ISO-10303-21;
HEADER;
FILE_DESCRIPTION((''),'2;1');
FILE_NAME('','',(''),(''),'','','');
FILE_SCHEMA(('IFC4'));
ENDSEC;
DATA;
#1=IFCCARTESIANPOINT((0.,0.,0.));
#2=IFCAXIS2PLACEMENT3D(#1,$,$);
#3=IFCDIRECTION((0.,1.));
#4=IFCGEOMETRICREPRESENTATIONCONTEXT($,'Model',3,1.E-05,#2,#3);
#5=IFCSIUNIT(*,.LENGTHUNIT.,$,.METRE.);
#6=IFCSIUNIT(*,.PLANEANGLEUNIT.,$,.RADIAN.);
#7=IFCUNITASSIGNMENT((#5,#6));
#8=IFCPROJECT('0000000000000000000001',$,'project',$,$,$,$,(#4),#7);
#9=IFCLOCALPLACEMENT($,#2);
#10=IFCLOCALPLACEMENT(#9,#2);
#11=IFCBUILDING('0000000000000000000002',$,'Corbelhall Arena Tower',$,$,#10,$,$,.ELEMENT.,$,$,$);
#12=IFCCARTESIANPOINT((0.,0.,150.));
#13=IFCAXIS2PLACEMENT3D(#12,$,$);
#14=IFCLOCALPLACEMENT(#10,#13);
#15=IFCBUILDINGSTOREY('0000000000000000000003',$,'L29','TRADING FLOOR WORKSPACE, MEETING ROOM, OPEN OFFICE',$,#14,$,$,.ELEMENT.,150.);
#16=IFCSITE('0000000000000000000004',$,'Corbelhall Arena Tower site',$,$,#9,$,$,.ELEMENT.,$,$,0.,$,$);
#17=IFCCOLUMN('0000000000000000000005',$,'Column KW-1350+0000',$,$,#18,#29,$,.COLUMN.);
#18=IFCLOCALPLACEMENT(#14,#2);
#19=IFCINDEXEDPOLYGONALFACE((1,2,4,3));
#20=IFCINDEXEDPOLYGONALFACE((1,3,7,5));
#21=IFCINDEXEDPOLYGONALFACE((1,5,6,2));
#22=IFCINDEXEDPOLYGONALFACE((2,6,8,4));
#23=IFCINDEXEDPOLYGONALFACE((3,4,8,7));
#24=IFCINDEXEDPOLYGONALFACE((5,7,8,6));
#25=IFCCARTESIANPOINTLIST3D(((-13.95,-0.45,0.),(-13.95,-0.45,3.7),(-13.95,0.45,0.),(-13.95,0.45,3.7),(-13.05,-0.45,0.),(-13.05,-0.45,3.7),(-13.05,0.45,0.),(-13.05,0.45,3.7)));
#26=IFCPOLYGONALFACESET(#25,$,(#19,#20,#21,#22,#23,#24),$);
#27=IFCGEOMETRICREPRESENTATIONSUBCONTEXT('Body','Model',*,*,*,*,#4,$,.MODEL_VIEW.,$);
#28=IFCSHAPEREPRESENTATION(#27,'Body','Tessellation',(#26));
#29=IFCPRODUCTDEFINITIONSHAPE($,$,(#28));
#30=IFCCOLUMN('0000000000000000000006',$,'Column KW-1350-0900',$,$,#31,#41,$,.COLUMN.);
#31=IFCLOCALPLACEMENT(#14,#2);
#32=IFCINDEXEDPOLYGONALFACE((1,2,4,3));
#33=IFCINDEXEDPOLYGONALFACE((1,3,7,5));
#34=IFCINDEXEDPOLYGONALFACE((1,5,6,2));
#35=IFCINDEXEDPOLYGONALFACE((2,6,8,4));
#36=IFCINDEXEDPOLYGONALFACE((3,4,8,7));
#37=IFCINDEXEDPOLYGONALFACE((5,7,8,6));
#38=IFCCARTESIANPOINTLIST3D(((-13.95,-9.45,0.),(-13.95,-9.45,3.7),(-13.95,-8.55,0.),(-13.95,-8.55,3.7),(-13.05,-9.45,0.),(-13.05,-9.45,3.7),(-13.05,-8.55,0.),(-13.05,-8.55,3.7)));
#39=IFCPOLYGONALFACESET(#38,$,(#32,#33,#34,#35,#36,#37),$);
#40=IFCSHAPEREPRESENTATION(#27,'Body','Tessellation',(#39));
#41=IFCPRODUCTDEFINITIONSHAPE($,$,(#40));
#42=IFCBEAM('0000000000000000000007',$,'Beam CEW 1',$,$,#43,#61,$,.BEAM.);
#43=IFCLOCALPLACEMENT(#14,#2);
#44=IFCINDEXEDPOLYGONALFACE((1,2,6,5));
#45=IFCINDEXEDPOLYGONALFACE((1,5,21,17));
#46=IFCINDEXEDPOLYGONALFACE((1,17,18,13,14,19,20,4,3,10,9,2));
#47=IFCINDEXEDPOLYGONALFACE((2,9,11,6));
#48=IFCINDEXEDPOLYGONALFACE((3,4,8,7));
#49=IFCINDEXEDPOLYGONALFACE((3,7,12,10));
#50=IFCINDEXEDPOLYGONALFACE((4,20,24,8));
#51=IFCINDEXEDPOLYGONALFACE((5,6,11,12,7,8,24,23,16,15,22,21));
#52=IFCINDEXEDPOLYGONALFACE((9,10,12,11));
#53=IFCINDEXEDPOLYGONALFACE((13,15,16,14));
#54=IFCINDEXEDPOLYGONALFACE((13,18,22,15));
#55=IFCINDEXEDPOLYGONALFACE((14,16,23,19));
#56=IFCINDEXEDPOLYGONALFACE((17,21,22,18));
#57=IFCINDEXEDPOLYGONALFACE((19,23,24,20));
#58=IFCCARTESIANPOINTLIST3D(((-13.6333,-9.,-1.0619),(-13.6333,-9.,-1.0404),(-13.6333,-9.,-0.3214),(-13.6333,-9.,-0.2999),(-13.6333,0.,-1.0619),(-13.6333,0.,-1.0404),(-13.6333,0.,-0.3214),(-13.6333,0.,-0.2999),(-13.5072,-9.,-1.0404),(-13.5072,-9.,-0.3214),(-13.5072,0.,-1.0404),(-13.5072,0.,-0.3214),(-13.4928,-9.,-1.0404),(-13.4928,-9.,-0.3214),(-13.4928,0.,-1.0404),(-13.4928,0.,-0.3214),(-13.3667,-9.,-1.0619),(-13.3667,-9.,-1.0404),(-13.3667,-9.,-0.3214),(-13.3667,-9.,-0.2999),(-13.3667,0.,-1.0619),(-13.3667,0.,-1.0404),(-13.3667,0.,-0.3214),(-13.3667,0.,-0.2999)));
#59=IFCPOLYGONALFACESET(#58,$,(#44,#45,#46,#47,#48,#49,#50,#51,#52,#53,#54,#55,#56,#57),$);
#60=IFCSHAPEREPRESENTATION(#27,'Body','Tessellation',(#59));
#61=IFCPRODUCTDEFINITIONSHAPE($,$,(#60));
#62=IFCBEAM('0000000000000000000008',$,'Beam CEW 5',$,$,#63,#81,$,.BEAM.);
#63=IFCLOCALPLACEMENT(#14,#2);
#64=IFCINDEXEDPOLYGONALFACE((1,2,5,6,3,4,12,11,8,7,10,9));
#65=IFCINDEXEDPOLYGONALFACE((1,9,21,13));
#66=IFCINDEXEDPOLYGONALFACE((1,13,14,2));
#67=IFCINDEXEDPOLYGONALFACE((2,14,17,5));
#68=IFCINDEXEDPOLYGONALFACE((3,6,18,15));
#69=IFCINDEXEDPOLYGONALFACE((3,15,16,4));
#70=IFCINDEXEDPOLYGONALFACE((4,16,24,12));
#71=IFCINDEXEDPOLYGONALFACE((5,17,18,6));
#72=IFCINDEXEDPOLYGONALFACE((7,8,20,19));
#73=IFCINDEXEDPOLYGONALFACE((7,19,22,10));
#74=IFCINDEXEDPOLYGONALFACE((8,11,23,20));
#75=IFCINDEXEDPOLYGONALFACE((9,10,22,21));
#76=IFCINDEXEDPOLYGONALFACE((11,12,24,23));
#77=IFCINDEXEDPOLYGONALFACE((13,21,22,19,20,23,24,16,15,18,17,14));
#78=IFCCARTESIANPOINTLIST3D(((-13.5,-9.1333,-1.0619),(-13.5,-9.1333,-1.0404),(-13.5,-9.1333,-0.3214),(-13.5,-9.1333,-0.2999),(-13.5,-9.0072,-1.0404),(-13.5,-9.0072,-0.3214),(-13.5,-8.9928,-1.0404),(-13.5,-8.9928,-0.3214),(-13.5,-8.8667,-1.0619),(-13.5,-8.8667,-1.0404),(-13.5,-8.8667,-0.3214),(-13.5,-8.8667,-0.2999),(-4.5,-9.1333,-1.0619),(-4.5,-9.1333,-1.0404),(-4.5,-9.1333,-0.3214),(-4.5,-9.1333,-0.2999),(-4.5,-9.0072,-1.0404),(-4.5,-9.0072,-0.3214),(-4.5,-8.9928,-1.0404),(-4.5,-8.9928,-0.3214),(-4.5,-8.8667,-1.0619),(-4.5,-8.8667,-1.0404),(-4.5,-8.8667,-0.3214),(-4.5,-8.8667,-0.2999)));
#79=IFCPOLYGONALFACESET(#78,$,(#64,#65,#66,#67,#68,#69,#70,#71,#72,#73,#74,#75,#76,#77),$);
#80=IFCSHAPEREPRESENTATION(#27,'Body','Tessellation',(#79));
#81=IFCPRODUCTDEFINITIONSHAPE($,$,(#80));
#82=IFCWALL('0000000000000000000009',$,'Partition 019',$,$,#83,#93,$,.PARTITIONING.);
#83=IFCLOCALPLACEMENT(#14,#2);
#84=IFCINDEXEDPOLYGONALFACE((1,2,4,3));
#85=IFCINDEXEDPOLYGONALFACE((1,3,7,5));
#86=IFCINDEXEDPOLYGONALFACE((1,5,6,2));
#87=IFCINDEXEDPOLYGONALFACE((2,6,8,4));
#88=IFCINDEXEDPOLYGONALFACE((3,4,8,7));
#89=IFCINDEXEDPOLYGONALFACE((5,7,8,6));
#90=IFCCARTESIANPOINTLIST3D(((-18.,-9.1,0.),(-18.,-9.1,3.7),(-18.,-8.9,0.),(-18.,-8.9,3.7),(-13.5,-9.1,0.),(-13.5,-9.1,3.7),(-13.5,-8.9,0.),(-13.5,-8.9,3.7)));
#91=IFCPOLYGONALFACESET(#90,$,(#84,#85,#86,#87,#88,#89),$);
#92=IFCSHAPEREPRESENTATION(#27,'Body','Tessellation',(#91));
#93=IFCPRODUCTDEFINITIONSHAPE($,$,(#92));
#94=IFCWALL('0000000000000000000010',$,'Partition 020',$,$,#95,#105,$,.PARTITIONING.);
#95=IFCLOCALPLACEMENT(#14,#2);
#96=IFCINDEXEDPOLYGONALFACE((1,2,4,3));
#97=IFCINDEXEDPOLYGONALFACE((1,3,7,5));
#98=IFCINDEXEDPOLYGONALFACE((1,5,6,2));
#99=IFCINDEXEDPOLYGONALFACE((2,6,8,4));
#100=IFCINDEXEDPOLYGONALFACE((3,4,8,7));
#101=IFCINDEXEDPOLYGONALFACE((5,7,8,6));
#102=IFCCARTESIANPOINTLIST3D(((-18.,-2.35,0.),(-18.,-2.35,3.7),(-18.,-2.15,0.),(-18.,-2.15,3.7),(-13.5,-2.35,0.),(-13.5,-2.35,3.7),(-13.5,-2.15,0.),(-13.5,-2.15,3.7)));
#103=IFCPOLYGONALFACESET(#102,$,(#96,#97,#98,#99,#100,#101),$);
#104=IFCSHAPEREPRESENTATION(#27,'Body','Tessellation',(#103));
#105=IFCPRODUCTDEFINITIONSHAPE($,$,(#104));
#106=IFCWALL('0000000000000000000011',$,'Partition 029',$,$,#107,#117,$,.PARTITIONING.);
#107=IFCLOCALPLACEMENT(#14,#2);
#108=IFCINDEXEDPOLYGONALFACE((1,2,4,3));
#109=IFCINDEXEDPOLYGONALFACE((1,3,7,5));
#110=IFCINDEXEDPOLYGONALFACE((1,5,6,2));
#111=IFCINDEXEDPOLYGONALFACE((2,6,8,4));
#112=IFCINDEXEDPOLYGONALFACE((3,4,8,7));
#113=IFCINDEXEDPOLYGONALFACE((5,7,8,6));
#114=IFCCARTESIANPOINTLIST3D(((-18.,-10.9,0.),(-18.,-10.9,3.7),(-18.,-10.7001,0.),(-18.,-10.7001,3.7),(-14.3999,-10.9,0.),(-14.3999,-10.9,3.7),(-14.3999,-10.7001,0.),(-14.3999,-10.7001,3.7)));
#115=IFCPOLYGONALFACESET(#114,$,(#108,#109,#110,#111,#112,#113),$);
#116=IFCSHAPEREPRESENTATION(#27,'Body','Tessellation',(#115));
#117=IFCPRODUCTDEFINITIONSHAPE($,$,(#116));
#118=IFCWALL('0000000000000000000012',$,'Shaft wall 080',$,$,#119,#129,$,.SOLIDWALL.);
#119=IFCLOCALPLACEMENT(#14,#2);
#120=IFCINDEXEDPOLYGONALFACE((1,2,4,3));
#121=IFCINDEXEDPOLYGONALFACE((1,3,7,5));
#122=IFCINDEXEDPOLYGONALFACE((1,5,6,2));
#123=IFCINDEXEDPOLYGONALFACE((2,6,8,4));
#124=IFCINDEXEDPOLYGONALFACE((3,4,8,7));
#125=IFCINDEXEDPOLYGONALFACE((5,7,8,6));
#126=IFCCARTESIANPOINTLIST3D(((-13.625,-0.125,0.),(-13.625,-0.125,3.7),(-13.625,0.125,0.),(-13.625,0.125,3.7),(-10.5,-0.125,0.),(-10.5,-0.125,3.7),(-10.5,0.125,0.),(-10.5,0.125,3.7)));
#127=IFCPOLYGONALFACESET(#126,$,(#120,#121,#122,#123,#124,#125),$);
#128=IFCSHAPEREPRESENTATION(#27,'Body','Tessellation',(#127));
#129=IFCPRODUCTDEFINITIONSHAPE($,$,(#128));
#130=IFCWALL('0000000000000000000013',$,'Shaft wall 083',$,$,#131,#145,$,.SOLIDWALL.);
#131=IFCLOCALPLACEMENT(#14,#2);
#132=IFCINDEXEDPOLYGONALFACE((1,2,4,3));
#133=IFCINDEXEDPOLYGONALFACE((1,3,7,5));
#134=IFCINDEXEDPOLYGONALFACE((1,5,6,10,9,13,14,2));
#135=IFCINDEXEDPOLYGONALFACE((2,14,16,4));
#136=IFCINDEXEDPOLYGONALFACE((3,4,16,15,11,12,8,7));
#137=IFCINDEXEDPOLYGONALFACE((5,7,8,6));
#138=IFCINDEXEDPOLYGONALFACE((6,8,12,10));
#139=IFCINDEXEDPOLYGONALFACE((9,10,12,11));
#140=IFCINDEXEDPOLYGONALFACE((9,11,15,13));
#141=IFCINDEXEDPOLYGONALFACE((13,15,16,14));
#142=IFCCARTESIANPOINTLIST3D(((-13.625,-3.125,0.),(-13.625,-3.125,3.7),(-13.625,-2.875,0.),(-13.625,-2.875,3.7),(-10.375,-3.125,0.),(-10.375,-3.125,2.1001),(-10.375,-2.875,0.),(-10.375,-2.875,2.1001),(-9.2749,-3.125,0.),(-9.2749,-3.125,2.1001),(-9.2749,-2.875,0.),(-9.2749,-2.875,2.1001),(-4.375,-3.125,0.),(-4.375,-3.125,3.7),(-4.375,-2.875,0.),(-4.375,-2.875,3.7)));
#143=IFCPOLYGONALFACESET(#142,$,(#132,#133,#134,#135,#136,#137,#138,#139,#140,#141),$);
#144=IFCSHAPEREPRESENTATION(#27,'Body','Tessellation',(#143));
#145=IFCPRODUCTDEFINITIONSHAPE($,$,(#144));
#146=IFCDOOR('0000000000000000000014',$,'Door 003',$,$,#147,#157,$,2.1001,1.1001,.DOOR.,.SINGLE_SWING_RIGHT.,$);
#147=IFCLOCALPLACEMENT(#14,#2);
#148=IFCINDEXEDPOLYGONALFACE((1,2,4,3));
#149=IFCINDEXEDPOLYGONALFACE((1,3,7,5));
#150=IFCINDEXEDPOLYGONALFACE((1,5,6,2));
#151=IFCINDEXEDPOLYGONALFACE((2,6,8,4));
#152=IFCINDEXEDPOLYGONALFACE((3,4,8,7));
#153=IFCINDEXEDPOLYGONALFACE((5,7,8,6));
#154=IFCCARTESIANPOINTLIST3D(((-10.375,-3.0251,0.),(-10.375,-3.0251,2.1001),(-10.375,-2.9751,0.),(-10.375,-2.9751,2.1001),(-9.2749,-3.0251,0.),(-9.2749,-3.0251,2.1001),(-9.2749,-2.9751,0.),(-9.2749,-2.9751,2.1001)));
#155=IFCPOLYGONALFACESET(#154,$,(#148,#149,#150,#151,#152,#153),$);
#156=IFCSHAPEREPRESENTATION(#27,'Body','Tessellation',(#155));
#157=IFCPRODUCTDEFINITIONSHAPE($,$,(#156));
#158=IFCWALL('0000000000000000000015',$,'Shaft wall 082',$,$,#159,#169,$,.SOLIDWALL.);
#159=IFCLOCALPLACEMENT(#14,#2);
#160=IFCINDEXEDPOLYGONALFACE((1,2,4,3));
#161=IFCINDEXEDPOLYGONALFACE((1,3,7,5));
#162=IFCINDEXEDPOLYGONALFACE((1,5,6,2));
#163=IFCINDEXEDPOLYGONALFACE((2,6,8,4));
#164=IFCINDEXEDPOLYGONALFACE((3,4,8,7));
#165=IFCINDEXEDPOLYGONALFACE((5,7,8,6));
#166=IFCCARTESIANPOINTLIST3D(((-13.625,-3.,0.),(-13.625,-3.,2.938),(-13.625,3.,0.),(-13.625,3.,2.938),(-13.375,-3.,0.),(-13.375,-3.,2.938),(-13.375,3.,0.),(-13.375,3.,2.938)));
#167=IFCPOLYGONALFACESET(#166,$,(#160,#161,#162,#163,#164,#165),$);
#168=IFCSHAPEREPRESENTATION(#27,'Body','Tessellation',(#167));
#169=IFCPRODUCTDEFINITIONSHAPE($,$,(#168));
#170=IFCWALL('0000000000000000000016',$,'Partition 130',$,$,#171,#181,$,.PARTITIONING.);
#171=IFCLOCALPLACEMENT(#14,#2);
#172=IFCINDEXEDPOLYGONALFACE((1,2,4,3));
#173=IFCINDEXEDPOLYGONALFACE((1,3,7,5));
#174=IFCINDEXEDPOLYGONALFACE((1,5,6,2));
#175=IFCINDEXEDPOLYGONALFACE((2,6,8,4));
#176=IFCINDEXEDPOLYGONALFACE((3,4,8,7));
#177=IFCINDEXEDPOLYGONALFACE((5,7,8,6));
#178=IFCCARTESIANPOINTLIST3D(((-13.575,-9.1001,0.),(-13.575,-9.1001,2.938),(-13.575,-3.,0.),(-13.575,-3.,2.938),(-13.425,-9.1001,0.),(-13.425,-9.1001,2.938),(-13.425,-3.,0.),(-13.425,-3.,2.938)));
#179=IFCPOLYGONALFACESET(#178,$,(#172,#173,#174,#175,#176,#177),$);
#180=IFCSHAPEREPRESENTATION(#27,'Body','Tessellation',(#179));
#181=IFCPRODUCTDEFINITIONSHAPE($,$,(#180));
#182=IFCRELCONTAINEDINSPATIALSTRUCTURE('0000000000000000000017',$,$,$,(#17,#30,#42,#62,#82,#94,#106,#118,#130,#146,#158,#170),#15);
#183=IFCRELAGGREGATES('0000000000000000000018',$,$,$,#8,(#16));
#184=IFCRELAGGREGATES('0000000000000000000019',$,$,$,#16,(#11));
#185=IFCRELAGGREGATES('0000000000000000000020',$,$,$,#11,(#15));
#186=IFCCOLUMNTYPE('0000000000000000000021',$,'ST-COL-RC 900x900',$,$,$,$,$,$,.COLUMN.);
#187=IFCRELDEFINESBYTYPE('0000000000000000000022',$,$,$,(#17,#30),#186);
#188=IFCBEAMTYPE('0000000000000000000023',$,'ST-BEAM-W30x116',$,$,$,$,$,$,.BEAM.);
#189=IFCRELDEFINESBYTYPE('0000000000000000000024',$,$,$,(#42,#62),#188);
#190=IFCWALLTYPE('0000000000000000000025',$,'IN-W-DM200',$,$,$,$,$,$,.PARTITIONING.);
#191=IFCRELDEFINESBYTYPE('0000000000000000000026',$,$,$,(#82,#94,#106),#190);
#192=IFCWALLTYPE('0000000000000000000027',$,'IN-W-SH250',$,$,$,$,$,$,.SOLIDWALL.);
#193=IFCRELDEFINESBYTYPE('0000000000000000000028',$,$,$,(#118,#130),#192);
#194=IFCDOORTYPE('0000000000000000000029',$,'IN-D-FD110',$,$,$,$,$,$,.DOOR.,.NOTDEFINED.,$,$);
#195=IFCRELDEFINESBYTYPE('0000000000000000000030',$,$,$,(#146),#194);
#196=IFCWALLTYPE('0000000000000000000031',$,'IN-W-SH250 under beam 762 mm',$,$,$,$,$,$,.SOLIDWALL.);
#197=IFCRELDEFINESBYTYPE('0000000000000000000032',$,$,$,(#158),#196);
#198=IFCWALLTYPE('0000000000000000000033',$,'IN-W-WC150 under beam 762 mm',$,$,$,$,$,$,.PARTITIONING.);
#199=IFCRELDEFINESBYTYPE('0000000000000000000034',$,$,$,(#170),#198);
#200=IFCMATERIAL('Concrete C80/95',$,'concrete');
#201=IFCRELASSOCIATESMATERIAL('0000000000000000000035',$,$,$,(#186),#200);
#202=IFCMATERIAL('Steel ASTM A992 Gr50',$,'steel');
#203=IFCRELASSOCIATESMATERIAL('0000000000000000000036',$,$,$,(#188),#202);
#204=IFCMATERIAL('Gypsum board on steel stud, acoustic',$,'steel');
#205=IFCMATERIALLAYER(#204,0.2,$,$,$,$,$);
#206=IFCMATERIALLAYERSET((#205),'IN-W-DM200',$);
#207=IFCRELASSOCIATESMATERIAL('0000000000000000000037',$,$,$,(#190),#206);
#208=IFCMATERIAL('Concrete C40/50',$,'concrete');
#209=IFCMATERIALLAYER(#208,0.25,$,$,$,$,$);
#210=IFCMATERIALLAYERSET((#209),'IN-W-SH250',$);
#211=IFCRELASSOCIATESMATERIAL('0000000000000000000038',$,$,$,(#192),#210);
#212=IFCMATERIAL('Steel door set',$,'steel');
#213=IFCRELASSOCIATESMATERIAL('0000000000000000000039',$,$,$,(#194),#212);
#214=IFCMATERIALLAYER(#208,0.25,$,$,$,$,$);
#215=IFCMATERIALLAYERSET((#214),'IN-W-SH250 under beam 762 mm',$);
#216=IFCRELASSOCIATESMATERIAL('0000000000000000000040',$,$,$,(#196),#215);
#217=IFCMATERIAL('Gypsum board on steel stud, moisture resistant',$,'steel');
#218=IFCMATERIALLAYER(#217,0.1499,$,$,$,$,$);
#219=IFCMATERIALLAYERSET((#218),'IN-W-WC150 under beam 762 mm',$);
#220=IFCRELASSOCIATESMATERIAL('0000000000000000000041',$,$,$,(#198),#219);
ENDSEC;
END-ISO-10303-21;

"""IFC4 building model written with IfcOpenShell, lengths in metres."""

from ifc_helpers import new_model, si_unit, direction, frame, frame_2d, origin, origin_2d, place, context, subcontext, project, spatial, rectangle, i_section, extrude, material, layer, layer_set, material_profile, profile_set, type_object, element, fill, save


model = new_model("IFC4")

# Units and contexts
model_context = context("Model", 3, precision=1e-05, world=origin(), true_north=direction((0.0, 1.0)))
body_context = subcontext(model_context, "Body", "Model", "MODEL_VIEW")
ifc_project = project(units=[si_unit("LENGTHUNIT", "METRE"), si_unit("PLANEANGLEUNIT", "RADIAN")], contexts=[model_context])

# Site, building, storey
site_placement = place(None, origin())
site = spatial("IfcSite", under=ifc_project, at=site_placement, Name="Corbelhall Arena Tower site", CompositionType="ELEMENT", RefElevation=0.0)
building_placement = place(site_placement, origin())
building = spatial("IfcBuilding", under=site, at=building_placement, Name="Corbelhall Arena Tower", CompositionType="ELEMENT")
storey_placement = place(building_placement, frame((0.0, 0.0, 150.0)))
storey = spatial("IfcBuildingStorey", under=building, at=storey_placement, Name="L29", Description="TRADING FLOOR WORKSPACE, MEETING ROOM, OPEN OFFICE", CompositionType="ELEMENT", Elevation=150.0)

# Columns
ifc_material_1 = material(Name="Concrete C80/95", Category="concrete")
ifc_material_profile_1 = material_profile(ifc_material_1, rectangle(XDim=0.8999, YDim=0.8999, at=origin_2d()))
ifc_profile_set_1 = profile_set([ifc_material_profile_1], Name="Concrete C80/95")
column_type = type_object("IfcColumnType", Name="ST-COL-RC 900x900", PredefinedType="COLUMN", material=ifc_profile_set_1)
for number, where, z_axis, x_axis, name in (
    (1, (-13.5, 0.0, 0.0), (0.0, 0.0, 1.0), (1.0, 0.0, 0.0), "Column KW-1350+0000"),
    (2, (-13.5, -9.0, 0.0), (0.0, 0.0, 1.0), (1.0, 0.0, 0.0), "Column KW-1350-0900"),
):
    element("IfcColumn", number, at=place(storey_placement, frame(where, z_axis=z_axis, x_axis=x_axis)), inside=storey, type_object=column_type, Name=name, PredefinedType="COLUMN", context=body_context, shape_type="SweptSolid", body=[
        extrude(rectangle(XDim=0.8999, YDim=0.8999, at=origin_2d()), origin(), (0.0, 0.0, 1.0), 3.7),
    ])

# Beams
ifc_material_2 = material(Name="Steel ASTM A992 Gr50", Category="steel")
ifc_material_profile_2 = material_profile(ifc_material_2, i_section(OverallWidth=0.2666, OverallDepth=0.762, WebThickness=0.0144, FlangeThickness=0.0215, at=origin_2d()))
ifc_profile_set_2 = profile_set([ifc_material_profile_2], Name="Steel ASTM A992 Gr50")
beam_type = type_object("IfcBeamType", Name="ST-BEAM-W30x116", PredefinedType="BEAM", material=ifc_profile_set_2)
for number, where, z_axis, x_axis, name in (
    (3, (-13.5, -9.0, -0.6809), (0.0, 1.0, 0.0), (-1.0, 0.0, 0.0), "Beam CEW 1"),
    (4, (-13.5, -9.0, -0.6809), (1.0, 0.0, 0.0), (0.0, 1.0, 0.0), "Beam CEW 5"),
):
    element("IfcBeam", number, at=place(storey_placement, frame(where, z_axis=z_axis, x_axis=x_axis)), inside=storey, type_object=beam_type, Name=name, PredefinedType="BEAM", context=body_context, shape_type="SweptSolid", body=[
        extrude(i_section(OverallWidth=0.2666, OverallDepth=0.762, WebThickness=0.0144, FlangeThickness=0.0215, at=origin_2d()), origin(), (0.0, 0.0, 1.0), 9.0),
    ])

# Shared definitions
ifc_material_3 = material(Name="Gypsum board on steel stud, acoustic", Category="steel")
ifc_layer_1 = layer(ifc_material_3, 0.2)
ifc_layer_set_1 = layer_set([ifc_layer_1], Name="IN-W-DM200")
wall_type_1 = type_object("IfcWallType", Name="IN-W-DM200", PredefinedType="PARTITIONING", material=ifc_layer_set_1)
ifc_material_4 = material(Name="Steel door set", Category="steel")

# Walls
for number, where, z_axis, x_axis, name in (
    (5, (-18.0, -9.0, 0.0), (0.0, 0.0, 1.0), (1.0, 0.0, 0.0), "Partition 019"),
    (6, (-18.0, -2.25, 0.0), (0.0, 0.0, 1.0), (1.0, 0.0, 0.0), "Partition 020"),
):
    element("IfcWall", number, at=place(storey_placement, frame(where, z_axis=z_axis, x_axis=x_axis)), inside=storey, type_object=wall_type_1, Name=name, PredefinedType="PARTITIONING", context=body_context, shape_type="SweptSolid", body=[
        extrude(rectangle(XDim=4.5, YDim=0.2, at=frame_2d((2.25, 0.0))), origin(), (0.0, 0.0, 1.0), 3.7),
    ])
wall_1_placement = place(storey_placement, frame((-14.3999, -10.8, 0.0), z_axis=(0.0, 0.0, 1.0), x_axis=(-1.0, 0.0, 0.0)))
element("IfcWall", 7, at=wall_1_placement, inside=storey, type_object=wall_type_1, Name="Partition 029", PredefinedType="PARTITIONING", context=body_context, shape_type="SweptSolid", body=[
    extrude(rectangle(XDim=3.6001, YDim=0.2, at=frame_2d((1.8, 0.0))), origin(), (0.0, 0.0, 1.0), 3.7),
])
ifc_material_5 = material(Name="Concrete C40/50", Category="concrete")
ifc_layer_2 = layer(ifc_material_5, 0.25)
ifc_layer_set_2 = layer_set([ifc_layer_2], Name="IN-W-SH250")
wall_type_2 = type_object("IfcWallType", Name="IN-W-SH250", PredefinedType="SOLIDWALL", material=ifc_layer_set_2)
wall_2_placement = place(storey_placement, frame((-13.625, 0.0, 0.0), z_axis=(0.0, 0.0, 1.0), x_axis=(1.0, 0.0, 0.0)))
element("IfcWall", 8, at=wall_2_placement, inside=storey, type_object=wall_type_2, Name="Shaft wall 080", PredefinedType="SOLIDWALL", context=body_context, shape_type="SweptSolid", body=[
    extrude(rectangle(XDim=3.125, YDim=0.25, at=frame_2d((1.5625, 0.0))), origin(), (0.0, 0.0, 1.0), 3.7),
])

# Wall, opening, door
wall_3_placement = place(storey_placement, frame((-13.625, -3.0, 0.0), z_axis=(0.0, 0.0, 1.0), x_axis=(1.0, 0.0, 0.0)))
wall_3 = element("IfcWall", 9, at=wall_3_placement, inside=storey, type_object=wall_type_2, Name="Shaft wall 083", PredefinedType="SOLIDWALL", context=body_context, shape_type="SweptSolid", body=[
    extrude(rectangle(XDim=9.25, YDim=0.25, at=frame_2d((4.625, 0.0))), origin(), (0.0, 0.0, 1.0), 3.7),
])
opening_1_placement = place(wall_3_placement, frame((3.25, 0.0, 0.0)))
opening_1 = element("IfcOpeningElement", 10, at=opening_1_placement, cuts=wall_3, PredefinedType="OPENING", context=body_context, shape_type="SweptSolid", body=[
    extrude(rectangle(XDim=1.1001, YDim=2.1001, at=frame_2d((0.55, 1.05))), frame((0.0, 0.125, 0.0), z_axis=(0.0, -1.0, 0.0), x_axis=(1.0, 0.0, 0.0)), (0.0, 0.0, 1.0), 0.25),
])
door_type_1 = type_object("IfcDoorType", Name="IN-D-FD110", OperationType="NOTDEFINED", PredefinedType="DOOR", material=ifc_material_4)
door_1_placement = place(opening_1_placement, origin())
door_1 = element("IfcDoor", 11, at=door_1_placement, inside=storey, type_object=door_type_1, Name="Door 003", OperationType="SINGLE_SWING_RIGHT", OverallHeight=2.1001, OverallWidth=1.1001, PredefinedType="DOOR", context=body_context, shape_type="SweptSolid", body=[
    extrude(rectangle(XDim=1.1001, YDim=2.1001, at=frame_2d((0.55, 1.05))), frame((0.0, 0.0249, 0.0), z_axis=(0.0, -1.0, 0.0), x_axis=(1.0, 0.0, 0.0)), (0.0, 0.0, 1.0), 0.05),
])
fill(opening_1, door_1)

# Walls
ifc_layer_3 = layer(ifc_material_5, 0.25)
ifc_layer_set_3 = layer_set([ifc_layer_3], Name="IN-W-SH250 under beam 762 mm")
wall_type_3 = type_object("IfcWallType", Name="IN-W-SH250 under beam 762 mm", PredefinedType="SOLIDWALL", material=ifc_layer_set_3)
wall_4_placement = place(storey_placement, frame((-13.5, -3.0, 0.0), z_axis=(0.0, 0.0, 1.0), x_axis=(0.0, 1.0, 0.0)))
element("IfcWall", 12, at=wall_4_placement, inside=storey, type_object=wall_type_3, Name="Shaft wall 082", PredefinedType="SOLIDWALL", context=body_context, shape_type="SweptSolid", body=[
    extrude(rectangle(XDim=6.0, YDim=0.25, at=frame_2d((3.0, 0.0))), origin(), (0.0, 0.0, 1.0), 2.938),
])
ifc_material_6 = material(Name="Gypsum board on steel stud, moisture resistant", Category="steel")
ifc_layer_4 = layer(ifc_material_6, 0.1499)
ifc_layer_set_4 = layer_set([ifc_layer_4], Name="IN-W-WC150 under beam 762 mm")
wall_type_4 = type_object("IfcWallType", Name="IN-W-WC150 under beam 762 mm", PredefinedType="PARTITIONING", material=ifc_layer_set_4)
wall_5_placement = place(storey_placement, frame((-13.5, -9.1001, 0.0), z_axis=(0.0, 0.0, 1.0), x_axis=(0.0, 1.0, 0.0)))
element("IfcWall", 13, at=wall_5_placement, inside=storey, type_object=wall_type_4, Name="Partition 130", PredefinedType="PARTITIONING", context=body_context, shape_type="SweptSolid", body=[
    extrude(rectangle(XDim=6.1001, YDim=0.1499, at=frame_2d((3.05, 0.0))), origin(), (0.0, 0.0, 1.0), 2.938),
])

save(model, "model.ifc")
